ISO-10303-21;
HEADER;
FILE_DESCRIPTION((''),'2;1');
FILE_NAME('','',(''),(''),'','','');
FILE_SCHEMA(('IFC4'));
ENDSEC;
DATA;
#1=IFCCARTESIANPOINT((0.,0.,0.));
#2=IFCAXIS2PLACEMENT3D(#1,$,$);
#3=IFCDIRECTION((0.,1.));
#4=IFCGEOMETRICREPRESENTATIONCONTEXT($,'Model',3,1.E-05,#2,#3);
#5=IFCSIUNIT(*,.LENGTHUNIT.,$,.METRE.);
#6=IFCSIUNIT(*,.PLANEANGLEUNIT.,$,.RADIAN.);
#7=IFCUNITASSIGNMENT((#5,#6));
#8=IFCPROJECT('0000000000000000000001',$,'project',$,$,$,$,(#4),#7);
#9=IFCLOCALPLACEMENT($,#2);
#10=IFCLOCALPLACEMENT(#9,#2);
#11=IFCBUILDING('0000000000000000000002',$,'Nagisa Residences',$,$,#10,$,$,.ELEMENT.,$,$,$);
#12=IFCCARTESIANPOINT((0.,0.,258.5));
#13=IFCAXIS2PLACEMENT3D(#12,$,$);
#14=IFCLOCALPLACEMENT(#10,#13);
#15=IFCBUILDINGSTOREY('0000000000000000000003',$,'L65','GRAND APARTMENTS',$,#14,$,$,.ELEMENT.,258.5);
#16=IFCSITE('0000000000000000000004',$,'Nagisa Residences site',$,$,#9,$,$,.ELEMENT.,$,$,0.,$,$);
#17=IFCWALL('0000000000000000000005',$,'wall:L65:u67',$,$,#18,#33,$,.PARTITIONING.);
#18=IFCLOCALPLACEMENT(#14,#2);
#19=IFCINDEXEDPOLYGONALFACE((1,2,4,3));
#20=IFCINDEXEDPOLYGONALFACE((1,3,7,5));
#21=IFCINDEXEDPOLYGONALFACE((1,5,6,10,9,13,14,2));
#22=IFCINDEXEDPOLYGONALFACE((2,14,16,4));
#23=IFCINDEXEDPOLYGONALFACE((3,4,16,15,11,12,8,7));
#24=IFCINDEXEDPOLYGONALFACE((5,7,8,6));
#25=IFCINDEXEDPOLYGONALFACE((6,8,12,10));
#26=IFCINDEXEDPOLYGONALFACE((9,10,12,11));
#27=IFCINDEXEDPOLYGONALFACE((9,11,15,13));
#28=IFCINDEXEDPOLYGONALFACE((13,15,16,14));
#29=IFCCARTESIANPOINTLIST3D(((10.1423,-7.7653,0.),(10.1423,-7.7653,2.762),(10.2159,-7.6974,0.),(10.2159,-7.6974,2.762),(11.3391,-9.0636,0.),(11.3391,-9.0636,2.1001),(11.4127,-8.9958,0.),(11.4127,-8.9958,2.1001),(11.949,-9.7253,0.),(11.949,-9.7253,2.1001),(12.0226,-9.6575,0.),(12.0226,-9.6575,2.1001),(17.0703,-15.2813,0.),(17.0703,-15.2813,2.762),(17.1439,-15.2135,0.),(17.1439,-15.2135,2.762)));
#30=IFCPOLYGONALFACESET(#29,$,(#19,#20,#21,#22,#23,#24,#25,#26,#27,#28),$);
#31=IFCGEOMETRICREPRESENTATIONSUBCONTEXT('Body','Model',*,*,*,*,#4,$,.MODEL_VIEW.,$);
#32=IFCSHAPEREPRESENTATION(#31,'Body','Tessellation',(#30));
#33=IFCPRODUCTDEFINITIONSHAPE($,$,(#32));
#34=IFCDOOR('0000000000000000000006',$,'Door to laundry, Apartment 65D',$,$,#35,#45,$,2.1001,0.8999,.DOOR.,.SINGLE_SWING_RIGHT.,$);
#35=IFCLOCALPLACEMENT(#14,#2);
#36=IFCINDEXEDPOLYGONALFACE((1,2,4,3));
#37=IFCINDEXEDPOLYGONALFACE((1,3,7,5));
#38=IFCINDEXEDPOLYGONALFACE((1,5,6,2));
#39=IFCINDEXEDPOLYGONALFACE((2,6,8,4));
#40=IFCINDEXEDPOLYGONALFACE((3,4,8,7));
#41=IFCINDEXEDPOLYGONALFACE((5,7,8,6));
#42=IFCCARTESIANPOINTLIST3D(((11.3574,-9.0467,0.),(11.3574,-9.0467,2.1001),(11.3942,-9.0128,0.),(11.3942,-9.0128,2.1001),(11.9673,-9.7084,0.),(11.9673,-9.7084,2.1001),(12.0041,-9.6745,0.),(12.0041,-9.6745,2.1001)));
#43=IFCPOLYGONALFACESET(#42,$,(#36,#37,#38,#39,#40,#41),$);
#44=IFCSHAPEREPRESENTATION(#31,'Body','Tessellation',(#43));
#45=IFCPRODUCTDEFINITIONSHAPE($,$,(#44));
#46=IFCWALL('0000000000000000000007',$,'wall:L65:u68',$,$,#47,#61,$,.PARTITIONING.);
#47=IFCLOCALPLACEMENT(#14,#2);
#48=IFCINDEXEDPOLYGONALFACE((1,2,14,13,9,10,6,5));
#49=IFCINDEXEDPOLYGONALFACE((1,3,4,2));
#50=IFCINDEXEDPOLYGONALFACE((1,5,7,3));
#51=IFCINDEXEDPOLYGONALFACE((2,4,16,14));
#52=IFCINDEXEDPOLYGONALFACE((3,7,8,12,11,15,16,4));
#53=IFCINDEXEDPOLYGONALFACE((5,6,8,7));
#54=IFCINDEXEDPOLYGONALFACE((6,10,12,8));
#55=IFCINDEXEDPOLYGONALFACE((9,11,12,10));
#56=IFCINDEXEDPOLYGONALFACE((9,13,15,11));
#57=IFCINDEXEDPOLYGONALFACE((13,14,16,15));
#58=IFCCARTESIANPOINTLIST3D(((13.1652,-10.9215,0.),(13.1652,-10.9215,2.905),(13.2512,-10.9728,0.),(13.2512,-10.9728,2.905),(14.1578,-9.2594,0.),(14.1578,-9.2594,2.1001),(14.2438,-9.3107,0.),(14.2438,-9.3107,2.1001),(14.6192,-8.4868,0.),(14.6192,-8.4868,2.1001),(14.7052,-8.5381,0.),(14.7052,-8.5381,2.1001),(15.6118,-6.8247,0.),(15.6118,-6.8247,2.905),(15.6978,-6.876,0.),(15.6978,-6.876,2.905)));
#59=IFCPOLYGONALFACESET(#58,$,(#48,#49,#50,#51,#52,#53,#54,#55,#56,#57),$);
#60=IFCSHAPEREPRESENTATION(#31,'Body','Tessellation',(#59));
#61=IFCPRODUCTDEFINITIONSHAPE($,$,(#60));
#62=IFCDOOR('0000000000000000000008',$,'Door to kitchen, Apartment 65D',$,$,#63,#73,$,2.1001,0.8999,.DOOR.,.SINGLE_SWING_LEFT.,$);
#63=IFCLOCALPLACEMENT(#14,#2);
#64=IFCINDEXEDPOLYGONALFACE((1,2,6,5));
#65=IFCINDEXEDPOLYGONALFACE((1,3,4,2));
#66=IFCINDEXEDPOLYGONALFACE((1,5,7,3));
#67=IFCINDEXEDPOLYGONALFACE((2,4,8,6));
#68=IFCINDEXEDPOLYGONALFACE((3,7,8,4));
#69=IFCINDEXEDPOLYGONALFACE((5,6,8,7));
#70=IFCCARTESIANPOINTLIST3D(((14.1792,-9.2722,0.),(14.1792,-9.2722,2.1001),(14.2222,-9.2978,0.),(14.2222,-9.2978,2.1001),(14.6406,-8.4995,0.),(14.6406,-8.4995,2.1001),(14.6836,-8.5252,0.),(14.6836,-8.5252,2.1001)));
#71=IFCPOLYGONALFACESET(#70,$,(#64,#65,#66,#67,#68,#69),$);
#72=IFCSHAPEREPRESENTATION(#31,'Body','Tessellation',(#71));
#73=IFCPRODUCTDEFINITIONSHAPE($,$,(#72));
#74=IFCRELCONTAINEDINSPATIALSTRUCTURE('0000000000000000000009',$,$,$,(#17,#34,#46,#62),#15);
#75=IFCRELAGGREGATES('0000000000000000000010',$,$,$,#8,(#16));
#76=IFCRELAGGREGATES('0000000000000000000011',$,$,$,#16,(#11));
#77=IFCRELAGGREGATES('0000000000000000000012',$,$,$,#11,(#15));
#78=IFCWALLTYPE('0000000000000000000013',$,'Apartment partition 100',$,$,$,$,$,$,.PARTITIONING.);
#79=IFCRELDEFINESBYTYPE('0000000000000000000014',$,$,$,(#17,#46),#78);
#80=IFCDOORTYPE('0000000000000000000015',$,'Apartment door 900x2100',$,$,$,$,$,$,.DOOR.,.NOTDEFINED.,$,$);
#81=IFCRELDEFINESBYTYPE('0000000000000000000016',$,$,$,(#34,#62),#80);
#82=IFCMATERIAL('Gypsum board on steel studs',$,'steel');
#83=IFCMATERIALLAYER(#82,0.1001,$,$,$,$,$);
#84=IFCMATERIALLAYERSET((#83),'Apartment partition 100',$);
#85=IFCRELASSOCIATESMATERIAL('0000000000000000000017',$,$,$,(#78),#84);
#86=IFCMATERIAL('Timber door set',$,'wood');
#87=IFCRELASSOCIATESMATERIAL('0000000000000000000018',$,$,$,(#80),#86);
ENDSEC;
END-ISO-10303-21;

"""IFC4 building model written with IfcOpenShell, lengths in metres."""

from ifc_helpers import new_model, si_unit, direction, frame, frame_2d, origin, place, context, subcontext, project, spatial, rectangle, extrude, material, layer, layer_set, type_object, element, fill, save


model = new_model("IFC4")

# Units and contexts
model_context = context("Model", 3, precision=1e-05, world=origin(), true_north=direction((0.0, 1.0)))
body_context = subcontext(model_context, "Body", "Model", "MODEL_VIEW")
ifc_project = project(units=[si_unit("LENGTHUNIT", "METRE"), si_unit("PLANEANGLEUNIT", "RADIAN")], contexts=[model_context])

# Site, building, storey
site_placement = place(None, origin())
site = spatial("IfcSite", under=ifc_project, at=site_placement, Name="Nagisa Residences site", CompositionType="ELEMENT", RefElevation=0.0)
building_placement = place(site_placement, origin())
building = spatial("IfcBuilding", under=site, at=building_placement, Name="Nagisa Residences", CompositionType="ELEMENT")
storey_placement = place(building_placement, frame((0.0, 0.0, 258.5)))
storey = spatial("IfcBuildingStorey", under=building, at=storey_placement, Name="L65", Description="GRAND APARTMENTS", CompositionType="ELEMENT", Elevation=258.5)

# Shared definitions
ifc_material_1 = material(Name="Gypsum board on steel studs", Category="steel")
ifc_layer_1 = layer(ifc_material_1, 0.1001)
ifc_layer_set_1 = layer_set([ifc_layer_1], Name="Apartment partition 100")
wall_type_1 = type_object("IfcWallType", Name="Apartment partition 100", PredefinedType="PARTITIONING", material=ifc_layer_set_1)
ifc_material_2 = material(Name="Timber door set", Category="wood")
door_type_1 = type_object("IfcDoorType", Name="Apartment door 900x2100", OperationType="NOTDEFINED", PredefinedType="DOOR", material=ifc_material_2)

# Walls, openings, doors
wall_1_placement = place(storey_placement, frame((10.1792, -7.7314, 0.0), z_axis=(0.0, 0.0, 1.0), x_axis=(0.677753, -0.735289, 0.0)))
wall_1 = element("IfcWall", 1, at=wall_1_placement, inside=storey, type_object=wall_type_1, Name="wall:L65:u67", PredefinedType="PARTITIONING", context=body_context, shape_type="SweptSolid", body=[
    extrude(rectangle(XDim=10.2219, YDim=0.1001, at=frame_2d((5.1108, 0.0))), origin(), (0.0, 0.0, 1.0), 2.762),
])
opening_1_placement = place(wall_1_placement, frame((1.7656, 0.0, 0.0)))
opening_1 = element("IfcOpeningElement", 2, at=opening_1_placement, cuts=wall_1, PredefinedType="OPENING", context=body_context, shape_type="SweptSolid", body=[
    extrude(rectangle(XDim=0.8999, YDim=2.1001, at=frame_2d((0.45, 1.05))), frame((0.0, 0.0601, 0.0), z_axis=(0.0, -1.0, 0.0), x_axis=(1.0, 0.0, 0.0)), (0.0, 0.0, 1.0), 0.1201),
])
door_1_placement = place(opening_1_placement, origin())
door_1 = element("IfcDoor", 3, at=door_1_placement, inside=storey, type_object=door_type_1, Name="Door to laundry, Apartment 65D", OperationType="SINGLE_SWING_RIGHT", OverallHeight=2.1001, OverallWidth=0.8999, PredefinedType="DOOR", context=body_context, shape_type="SweptSolid", body=[
    extrude(rectangle(XDim=0.8999, YDim=2.1001, at=frame_2d((0.45, 1.05))), frame((0.0, 0.0249, 0.0), z_axis=(0.0, -1.0, 0.0), x_axis=(1.0, 0.0, 0.0)), (0.0, 0.0, 1.0), 0.05),
])
fill(opening_1, door_1)
wall_2_placement = place(storey_placement, frame((13.2083, -10.947, 0.0), z_axis=(0.0, 0.0, 1.0), x_axis=(0.512726, 0.858552, 0.0)))
wall_2 = element("IfcWall", 4, at=wall_2_placement, inside=storey, type_object=wall_type_1, Name="wall:L65:u68", PredefinedType="PARTITIONING", context=body_context, shape_type="SweptSolid", body=[
    extrude(rectangle(XDim=4.7717, YDim=0.1001, at=frame_2d((2.3857, 0.0))), origin(), (0.0, 0.0, 1.0), 2.905),
])
opening_2_placement = place(wall_2_placement, frame((1.9358, 0.0, 0.0)))
opening_2 = element("IfcOpeningElement", 5, at=opening_2_placement, cuts=wall_2, PredefinedType="OPENING", context=body_context, shape_type="SweptSolid", body=[
    extrude(rectangle(XDim=0.8999, YDim=2.1001, at=frame_2d((0.45, 1.05))), frame((0.0, 0.0601, 0.0), z_axis=(0.0, -1.0, 0.0), x_axis=(1.0, 0.0, 0.0)), (0.0, 0.0, 1.0), 0.1201),
])
door_2_placement = place(opening_2_placement, frame((0.8999, 0.0, 0.0), x_axis=(-1.0, 0.0, 0.0)))
door_2 = element("IfcDoor", 6, at=door_2_placement, inside=storey, type_object=door_type_1, Name="Door to kitchen, Apartment 65D", OperationType="SINGLE_SWING_LEFT", OverallHeight=2.1001, OverallWidth=0.8999, PredefinedType="DOOR", context=body_context, shape_type="SweptSolid", body=[
    extrude(rectangle(XDim=0.8999, YDim=2.1001, at=frame_2d((0.45, 1.05))), frame((0.0, 0.0249, 0.0), z_axis=(0.0, -1.0, 0.0), x_axis=(1.0, 0.0, 0.0)), (0.0, 0.0, 1.0), 0.05),
])
fill(opening_2, door_2)

save(model, "model.ifc")
